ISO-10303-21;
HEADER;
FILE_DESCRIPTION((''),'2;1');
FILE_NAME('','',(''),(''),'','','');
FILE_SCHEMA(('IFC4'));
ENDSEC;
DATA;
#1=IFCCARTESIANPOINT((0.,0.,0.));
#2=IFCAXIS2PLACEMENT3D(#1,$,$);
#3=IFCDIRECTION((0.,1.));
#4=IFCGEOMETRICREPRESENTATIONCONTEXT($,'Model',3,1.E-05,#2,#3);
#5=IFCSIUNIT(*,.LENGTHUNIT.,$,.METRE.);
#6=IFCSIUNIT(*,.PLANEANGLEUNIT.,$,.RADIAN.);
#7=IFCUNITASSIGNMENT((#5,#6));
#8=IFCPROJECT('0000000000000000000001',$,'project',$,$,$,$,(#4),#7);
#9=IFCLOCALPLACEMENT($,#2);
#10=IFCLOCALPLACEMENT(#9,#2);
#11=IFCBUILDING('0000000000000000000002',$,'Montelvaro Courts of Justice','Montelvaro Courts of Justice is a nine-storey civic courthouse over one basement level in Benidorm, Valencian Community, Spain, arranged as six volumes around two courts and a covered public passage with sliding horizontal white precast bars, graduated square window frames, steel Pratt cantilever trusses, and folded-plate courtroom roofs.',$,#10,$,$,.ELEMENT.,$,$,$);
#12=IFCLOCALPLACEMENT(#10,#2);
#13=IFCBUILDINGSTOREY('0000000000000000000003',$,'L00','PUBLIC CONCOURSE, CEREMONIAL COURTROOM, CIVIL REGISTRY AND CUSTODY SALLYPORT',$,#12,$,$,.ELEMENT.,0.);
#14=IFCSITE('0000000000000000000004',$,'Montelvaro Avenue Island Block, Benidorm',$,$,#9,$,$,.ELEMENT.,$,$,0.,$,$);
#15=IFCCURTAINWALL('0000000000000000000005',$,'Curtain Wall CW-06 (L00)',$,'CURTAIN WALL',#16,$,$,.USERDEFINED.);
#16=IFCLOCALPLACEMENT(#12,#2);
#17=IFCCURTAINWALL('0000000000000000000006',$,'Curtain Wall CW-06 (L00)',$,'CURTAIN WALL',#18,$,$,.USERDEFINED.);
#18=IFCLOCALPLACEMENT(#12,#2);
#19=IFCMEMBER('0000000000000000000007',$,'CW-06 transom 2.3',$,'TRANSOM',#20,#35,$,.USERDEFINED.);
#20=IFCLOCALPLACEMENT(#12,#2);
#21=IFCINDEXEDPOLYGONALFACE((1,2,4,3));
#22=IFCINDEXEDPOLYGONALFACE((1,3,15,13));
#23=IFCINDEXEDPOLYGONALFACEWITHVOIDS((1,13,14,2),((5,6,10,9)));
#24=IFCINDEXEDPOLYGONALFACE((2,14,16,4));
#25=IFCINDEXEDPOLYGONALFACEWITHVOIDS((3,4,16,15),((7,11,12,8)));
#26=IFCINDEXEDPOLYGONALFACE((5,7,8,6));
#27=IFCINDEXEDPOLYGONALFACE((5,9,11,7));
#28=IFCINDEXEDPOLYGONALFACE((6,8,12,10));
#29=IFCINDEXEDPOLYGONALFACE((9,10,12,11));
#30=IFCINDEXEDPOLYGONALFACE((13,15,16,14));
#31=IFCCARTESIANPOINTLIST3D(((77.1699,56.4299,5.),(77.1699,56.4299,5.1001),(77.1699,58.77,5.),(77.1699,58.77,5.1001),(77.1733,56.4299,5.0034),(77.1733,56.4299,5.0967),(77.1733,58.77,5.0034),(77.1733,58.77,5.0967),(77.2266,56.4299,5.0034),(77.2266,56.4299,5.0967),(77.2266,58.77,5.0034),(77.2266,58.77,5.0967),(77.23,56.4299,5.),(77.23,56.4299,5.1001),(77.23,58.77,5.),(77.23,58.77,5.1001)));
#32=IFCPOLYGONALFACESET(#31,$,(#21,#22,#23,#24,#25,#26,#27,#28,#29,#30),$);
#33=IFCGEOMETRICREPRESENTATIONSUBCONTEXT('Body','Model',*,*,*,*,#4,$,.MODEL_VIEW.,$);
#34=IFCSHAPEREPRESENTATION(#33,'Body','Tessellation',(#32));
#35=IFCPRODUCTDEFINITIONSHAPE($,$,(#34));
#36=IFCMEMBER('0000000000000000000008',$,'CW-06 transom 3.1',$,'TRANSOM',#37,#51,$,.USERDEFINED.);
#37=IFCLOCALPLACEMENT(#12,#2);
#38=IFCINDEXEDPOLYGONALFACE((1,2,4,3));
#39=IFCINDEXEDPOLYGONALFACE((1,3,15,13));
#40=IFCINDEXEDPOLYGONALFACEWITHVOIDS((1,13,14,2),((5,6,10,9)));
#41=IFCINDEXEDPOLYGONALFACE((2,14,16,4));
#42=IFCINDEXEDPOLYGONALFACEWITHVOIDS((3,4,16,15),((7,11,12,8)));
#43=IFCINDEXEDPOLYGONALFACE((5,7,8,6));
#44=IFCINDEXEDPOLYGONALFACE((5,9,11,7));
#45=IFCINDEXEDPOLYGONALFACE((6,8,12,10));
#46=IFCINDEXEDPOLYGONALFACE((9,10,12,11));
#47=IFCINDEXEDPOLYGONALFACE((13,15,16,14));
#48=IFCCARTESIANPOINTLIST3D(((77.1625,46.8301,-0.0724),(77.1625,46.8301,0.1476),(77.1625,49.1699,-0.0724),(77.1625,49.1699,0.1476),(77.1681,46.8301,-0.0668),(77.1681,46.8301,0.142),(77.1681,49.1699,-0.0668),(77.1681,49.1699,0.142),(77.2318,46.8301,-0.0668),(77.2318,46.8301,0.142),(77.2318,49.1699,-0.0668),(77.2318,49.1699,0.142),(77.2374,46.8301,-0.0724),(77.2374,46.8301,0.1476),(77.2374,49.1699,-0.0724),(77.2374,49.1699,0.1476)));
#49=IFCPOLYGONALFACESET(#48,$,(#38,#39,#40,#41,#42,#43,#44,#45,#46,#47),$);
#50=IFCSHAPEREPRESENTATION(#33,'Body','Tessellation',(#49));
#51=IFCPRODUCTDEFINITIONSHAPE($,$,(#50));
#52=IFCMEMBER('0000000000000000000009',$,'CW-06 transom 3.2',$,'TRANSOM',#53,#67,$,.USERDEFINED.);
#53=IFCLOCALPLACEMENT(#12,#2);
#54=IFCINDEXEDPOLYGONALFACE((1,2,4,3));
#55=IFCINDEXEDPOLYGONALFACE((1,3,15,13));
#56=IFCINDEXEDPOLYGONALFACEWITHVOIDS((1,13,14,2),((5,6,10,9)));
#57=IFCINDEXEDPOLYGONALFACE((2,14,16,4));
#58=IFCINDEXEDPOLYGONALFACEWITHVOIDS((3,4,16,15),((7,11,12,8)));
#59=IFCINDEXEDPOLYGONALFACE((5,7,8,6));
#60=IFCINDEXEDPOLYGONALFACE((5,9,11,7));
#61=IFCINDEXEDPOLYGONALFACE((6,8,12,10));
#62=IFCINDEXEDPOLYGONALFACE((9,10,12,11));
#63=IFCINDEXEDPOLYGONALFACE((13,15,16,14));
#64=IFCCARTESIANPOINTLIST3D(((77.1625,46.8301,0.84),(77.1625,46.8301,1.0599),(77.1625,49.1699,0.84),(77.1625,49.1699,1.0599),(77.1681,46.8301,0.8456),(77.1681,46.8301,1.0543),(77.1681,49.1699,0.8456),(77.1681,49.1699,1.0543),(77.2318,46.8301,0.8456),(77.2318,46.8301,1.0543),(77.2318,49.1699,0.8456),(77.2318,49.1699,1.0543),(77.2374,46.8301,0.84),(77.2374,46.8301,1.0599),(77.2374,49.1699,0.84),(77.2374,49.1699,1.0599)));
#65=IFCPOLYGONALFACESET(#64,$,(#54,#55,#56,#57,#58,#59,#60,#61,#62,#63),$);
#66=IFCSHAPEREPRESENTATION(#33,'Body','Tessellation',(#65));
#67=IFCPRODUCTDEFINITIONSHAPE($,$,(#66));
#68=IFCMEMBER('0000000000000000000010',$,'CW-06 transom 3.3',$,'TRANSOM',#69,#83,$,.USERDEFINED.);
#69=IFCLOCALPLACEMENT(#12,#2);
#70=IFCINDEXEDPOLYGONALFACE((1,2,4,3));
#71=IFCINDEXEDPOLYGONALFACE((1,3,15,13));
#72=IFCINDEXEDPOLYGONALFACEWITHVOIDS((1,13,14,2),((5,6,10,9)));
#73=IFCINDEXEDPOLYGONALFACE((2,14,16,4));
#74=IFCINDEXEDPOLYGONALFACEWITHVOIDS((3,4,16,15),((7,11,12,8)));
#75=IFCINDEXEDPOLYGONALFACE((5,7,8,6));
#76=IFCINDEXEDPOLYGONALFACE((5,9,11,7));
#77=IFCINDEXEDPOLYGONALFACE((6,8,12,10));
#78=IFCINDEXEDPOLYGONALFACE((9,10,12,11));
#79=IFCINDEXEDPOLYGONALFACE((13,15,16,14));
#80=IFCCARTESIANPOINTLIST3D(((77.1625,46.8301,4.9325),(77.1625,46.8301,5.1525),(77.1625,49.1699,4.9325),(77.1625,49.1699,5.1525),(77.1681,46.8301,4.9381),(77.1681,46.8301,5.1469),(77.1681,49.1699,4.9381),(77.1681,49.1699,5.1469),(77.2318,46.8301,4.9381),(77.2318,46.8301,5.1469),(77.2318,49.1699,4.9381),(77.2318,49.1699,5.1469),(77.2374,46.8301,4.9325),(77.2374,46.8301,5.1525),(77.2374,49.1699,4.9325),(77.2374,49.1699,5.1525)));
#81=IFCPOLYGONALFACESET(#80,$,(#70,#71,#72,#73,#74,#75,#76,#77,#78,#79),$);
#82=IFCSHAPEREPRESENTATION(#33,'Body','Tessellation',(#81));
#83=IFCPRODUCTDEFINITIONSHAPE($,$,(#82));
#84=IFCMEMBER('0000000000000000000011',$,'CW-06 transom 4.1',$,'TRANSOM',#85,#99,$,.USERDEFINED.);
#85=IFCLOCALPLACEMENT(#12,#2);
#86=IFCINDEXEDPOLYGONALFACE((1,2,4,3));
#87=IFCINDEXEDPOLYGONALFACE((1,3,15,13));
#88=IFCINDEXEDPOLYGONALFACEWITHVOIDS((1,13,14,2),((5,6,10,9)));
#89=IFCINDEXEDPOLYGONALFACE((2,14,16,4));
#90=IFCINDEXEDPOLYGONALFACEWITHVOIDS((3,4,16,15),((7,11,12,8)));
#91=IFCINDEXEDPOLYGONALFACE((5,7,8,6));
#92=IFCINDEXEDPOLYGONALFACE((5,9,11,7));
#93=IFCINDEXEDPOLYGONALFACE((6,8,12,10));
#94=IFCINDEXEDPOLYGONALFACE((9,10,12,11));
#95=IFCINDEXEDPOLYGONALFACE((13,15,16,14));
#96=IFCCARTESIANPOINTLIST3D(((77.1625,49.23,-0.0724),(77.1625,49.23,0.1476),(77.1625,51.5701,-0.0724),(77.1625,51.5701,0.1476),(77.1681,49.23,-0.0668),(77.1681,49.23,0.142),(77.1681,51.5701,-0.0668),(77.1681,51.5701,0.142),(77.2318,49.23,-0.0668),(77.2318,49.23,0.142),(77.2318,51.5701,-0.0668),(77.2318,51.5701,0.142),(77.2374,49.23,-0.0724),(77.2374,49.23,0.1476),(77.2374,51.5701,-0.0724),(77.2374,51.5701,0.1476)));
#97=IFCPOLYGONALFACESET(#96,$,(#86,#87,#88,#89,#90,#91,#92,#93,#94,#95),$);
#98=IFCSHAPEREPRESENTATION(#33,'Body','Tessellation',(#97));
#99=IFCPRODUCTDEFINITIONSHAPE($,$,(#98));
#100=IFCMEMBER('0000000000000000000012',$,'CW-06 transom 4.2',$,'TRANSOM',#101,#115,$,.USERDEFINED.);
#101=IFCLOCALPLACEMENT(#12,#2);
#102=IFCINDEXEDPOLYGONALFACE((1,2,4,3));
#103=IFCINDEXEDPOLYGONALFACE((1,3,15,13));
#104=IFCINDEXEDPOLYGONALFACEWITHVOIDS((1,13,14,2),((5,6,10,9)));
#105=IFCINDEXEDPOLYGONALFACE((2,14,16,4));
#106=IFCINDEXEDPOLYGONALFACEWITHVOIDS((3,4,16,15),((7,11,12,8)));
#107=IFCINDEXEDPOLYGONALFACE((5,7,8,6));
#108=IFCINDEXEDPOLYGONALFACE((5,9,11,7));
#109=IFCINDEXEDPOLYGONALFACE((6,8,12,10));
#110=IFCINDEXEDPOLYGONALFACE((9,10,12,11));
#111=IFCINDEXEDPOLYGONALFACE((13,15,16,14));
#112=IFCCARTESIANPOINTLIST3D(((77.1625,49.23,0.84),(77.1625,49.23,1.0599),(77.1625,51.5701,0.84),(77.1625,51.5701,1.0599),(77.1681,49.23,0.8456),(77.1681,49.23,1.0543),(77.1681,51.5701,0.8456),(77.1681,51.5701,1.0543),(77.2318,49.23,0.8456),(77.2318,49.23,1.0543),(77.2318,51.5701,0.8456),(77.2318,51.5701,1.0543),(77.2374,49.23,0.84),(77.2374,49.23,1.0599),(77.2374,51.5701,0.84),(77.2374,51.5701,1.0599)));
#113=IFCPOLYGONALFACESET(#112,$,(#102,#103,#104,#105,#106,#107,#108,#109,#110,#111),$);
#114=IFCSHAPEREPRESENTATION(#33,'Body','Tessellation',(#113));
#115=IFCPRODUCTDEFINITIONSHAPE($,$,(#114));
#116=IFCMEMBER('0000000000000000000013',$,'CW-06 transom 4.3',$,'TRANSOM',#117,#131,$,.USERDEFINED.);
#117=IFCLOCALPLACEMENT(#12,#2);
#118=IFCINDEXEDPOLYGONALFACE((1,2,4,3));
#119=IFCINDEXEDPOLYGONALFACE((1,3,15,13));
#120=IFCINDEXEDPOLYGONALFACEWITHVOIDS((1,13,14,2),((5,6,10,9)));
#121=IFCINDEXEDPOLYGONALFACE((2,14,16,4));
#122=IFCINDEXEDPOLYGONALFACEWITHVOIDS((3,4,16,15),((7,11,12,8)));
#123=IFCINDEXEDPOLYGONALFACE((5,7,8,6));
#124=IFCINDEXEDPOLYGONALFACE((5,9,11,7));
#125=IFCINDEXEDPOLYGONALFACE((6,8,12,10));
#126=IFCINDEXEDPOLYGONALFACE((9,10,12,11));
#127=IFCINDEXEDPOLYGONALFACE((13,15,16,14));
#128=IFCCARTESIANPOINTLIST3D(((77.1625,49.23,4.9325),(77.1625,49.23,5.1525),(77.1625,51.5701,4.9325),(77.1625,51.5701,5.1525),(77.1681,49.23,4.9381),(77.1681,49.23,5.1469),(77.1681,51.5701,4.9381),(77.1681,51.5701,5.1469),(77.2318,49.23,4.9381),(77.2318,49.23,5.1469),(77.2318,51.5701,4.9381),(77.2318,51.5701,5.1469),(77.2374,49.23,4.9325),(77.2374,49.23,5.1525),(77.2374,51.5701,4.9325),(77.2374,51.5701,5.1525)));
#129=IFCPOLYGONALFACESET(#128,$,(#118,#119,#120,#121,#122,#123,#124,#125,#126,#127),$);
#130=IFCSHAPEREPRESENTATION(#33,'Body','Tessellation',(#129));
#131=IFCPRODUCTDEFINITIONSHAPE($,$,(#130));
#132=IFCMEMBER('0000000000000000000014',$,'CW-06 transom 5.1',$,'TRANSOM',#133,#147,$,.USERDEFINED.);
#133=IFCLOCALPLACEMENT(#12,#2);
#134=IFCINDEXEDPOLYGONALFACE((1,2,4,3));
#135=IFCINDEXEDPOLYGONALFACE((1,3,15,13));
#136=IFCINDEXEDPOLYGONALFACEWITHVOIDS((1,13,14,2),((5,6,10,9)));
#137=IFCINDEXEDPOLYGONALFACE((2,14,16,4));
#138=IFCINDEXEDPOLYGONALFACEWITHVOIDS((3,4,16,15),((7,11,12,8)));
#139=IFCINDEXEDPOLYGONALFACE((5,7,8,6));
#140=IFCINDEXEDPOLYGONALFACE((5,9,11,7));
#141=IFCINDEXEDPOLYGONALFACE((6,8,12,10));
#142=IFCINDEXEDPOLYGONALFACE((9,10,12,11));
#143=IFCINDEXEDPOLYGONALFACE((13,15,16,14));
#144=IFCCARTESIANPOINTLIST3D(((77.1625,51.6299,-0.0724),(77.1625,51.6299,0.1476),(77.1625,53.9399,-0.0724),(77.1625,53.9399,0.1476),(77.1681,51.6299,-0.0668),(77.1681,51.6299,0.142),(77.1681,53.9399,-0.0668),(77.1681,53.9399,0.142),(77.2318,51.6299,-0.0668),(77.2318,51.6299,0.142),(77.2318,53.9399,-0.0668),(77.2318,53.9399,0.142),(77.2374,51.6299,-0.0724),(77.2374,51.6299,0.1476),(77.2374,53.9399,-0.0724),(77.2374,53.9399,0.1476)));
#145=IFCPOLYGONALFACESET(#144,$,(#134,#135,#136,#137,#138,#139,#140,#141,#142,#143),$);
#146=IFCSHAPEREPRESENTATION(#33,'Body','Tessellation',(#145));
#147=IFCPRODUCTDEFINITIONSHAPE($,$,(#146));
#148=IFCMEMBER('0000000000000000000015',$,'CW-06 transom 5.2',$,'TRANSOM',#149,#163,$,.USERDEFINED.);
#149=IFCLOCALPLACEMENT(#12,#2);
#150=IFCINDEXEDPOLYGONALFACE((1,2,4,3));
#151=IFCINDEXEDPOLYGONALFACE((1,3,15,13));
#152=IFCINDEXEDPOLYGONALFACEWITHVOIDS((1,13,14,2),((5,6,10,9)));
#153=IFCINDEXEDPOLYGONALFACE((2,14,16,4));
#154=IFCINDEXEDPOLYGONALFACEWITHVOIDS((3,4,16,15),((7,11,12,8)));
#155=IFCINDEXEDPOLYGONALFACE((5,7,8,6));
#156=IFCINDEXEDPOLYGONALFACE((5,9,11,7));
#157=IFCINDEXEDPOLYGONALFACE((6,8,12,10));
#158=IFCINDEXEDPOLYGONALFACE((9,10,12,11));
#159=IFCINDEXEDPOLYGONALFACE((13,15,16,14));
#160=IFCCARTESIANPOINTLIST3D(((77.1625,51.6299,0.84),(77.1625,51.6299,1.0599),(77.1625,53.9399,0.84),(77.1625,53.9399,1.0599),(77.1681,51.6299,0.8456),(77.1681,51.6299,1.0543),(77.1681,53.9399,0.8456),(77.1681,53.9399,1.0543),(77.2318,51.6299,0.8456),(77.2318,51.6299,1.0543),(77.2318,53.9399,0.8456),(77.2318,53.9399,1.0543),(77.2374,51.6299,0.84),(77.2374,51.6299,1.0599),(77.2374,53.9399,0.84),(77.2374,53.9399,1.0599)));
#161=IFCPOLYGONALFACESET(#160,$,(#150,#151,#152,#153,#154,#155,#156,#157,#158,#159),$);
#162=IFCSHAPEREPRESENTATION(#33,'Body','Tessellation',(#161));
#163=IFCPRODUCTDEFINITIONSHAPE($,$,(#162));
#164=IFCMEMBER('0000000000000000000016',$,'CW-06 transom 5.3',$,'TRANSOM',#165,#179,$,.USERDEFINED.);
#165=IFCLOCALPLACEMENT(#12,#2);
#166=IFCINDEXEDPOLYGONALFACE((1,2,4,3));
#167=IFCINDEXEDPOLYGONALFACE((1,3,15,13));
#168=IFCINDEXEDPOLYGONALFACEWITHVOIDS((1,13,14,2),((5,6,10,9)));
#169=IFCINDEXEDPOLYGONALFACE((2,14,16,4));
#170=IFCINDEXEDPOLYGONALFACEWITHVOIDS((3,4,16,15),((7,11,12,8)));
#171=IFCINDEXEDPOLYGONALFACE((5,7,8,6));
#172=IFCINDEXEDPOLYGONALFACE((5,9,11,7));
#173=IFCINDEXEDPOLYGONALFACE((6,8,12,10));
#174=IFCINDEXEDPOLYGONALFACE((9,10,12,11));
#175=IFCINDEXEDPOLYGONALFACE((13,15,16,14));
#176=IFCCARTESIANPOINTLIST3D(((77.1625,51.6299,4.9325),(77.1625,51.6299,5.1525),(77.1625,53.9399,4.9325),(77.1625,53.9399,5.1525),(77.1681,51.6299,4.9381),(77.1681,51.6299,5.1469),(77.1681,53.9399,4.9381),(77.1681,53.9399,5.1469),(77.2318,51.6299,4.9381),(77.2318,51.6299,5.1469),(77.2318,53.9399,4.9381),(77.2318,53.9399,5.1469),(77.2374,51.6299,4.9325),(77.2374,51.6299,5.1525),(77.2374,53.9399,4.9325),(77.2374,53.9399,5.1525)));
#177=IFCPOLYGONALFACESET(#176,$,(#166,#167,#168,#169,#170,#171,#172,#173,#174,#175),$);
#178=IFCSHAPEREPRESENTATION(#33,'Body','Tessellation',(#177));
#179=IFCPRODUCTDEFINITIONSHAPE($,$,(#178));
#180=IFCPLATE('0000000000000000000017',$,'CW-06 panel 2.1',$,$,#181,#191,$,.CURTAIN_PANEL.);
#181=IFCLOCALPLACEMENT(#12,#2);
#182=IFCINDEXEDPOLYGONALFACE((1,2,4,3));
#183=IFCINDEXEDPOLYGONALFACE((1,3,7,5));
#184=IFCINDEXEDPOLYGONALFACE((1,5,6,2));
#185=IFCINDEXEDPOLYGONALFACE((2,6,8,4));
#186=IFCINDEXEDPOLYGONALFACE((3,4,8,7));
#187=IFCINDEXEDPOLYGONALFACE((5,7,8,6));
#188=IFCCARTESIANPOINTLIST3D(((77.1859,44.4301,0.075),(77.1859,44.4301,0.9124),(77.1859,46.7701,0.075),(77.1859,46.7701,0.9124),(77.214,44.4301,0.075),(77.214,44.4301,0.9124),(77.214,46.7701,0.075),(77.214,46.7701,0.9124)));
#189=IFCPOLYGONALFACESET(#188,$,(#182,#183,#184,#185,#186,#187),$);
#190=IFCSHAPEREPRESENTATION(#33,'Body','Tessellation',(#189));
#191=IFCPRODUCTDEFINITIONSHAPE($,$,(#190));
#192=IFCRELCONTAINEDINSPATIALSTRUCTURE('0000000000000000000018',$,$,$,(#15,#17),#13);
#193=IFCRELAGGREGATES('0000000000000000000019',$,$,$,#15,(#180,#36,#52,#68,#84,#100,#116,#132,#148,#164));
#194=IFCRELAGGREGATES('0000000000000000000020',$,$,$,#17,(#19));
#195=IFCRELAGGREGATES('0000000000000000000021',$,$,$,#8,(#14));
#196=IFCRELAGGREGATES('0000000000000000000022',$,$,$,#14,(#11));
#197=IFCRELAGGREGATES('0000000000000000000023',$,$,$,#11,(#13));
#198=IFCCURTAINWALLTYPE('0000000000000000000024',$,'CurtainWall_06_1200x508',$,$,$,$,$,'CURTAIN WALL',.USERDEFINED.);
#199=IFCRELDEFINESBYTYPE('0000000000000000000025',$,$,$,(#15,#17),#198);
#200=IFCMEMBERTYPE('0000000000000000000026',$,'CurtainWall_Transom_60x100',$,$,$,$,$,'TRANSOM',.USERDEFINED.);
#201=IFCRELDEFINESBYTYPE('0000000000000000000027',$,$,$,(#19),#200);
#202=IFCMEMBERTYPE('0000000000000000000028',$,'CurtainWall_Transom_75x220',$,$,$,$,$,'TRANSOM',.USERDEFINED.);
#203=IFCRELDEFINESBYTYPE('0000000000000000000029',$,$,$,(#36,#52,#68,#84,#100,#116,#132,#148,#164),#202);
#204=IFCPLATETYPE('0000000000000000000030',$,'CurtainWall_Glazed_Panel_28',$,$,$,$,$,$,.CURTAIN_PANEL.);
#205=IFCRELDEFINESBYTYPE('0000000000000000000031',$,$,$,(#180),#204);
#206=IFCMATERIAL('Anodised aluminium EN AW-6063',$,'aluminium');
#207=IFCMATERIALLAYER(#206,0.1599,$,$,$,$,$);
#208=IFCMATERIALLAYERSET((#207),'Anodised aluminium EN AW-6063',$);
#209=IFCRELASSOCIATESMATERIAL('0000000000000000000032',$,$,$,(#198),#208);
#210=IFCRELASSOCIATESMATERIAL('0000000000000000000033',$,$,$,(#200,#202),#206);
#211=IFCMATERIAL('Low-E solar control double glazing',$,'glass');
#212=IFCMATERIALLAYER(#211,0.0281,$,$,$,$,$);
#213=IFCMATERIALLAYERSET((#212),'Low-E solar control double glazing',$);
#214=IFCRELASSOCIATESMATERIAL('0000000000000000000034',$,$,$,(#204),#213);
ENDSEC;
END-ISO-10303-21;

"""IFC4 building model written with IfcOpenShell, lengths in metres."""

from ifc_helpers import new_model, si_unit, direction, frame, origin, origin_2d, place, context, subcontext, project, spatial, rectangle, hollow_rectangle, extrude, material, layer, layer_set, material_profile, profile_set, type_object, element, aggregate, save


model = new_model("IFC4")

# Units and contexts
model_context = context("Model", 3, precision=1e-05, world=origin(), true_north=direction((0.0, 1.0)))
body_context = subcontext(model_context, "Body", "Model", "MODEL_VIEW")
ifc_project = project(units=[si_unit("LENGTHUNIT", "METRE"), si_unit("PLANEANGLEUNIT", "RADIAN")], contexts=[model_context])

# Site, building, storey
site_placement = place(None, origin())
site = spatial("IfcSite", under=ifc_project, at=site_placement, Name="Montelvaro Avenue Island Block, Benidorm", CompositionType="ELEMENT", RefElevation=0.0)
building_placement = place(site_placement, origin())
building = spatial("IfcBuilding", under=site, at=building_placement, Name="Montelvaro Courts of Justice", Description="Montelvaro Courts of Justice is a nine-storey civic courthouse over one basement level in Benidorm, Valencian Community, Spain, arranged as six volumes around two courts and a covered public passage with sliding horizontal white precast bars, graduated square window frames, steel Pratt cantilever trusses, and folded-plate courtroom roofs.", CompositionType="ELEMENT")
storey_placement = place(building_placement, origin())
storey = spatial("IfcBuildingStorey", under=building, at=storey_placement, Name="L00", Description="PUBLIC CONCOURSE, CEREMONIAL COURTROOM, CIVIL REGISTRY AND CUSTODY SALLYPORT", CompositionType="ELEMENT", Elevation=0.0)

# Curtain walls, member
ifc_material_1 = material(Name="Anodised aluminium EN AW-6063", Category="aluminium")
ifc_layer_1 = layer(ifc_material_1, 0.1599)
ifc_layer_set_1 = layer_set([ifc_layer_1], Name="Anodised aluminium EN AW-6063")
curtain_wall_type = type_object("IfcCurtainWallType", Name="CurtainWall_06_1200x508", ElementType="CURTAIN WALL", PredefinedType="USERDEFINED", material=ifc_layer_set_1)
curtain_wall_1_placement = place(storey_placement, origin())
curtain_wall_1 = element("IfcCurtainWall", 1, at=curtain_wall_1_placement, inside=storey, type_object=curtain_wall_type, Name="Curtain Wall CW-06 (L00)", ObjectType="CURTAIN WALL", PredefinedType="USERDEFINED")
curtain_wall_2_placement = place(storey_placement, origin())
curtain_wall_2 = element("IfcCurtainWall", 2, at=curtain_wall_2_placement, inside=storey, type_object=curtain_wall_type, Name="Curtain Wall CW-06 (L00)", ObjectType="CURTAIN WALL", PredefinedType="USERDEFINED")
ifc_material_profile_1 = material_profile(ifc_material_1, hollow_rectangle(XDim=0.0601, YDim=0.1001, WallThickness=0.0034, at=origin_2d()), Name="ALU-T 60x100")
ifc_profile_set_1 = profile_set([ifc_material_profile_1], Name="Anodised aluminium EN AW-6063")
member_type_1 = type_object("IfcMemberType", Name="CurtainWall_Transom_60x100", ElementType="TRANSOM", PredefinedType="USERDEFINED", material=ifc_profile_set_1)
member_1_placement = place(storey_placement, frame((77.2, 56.4299, 5.05), z_axis=(0.0, 1.0, 0.0), x_axis=(-1.0, 0.0, 0.0)))
member_1 = element("IfcMember", 3, at=member_1_placement, type_object=member_type_1, Name="CW-06 transom 2.3", ObjectType="TRANSOM", PredefinedType="USERDEFINED", context=body_context, shape_type="SweptSolid", body=[
    extrude(hollow_rectangle(XDim=0.0601, YDim=0.1001, WallThickness=0.0034, at=origin_2d()), origin(), (0.0, 0.0, 1.0), 2.3401),
])

# Members
ifc_material_profile_2 = material_profile(ifc_material_1, hollow_rectangle(XDim=0.075, YDim=0.22, WallThickness=0.0056, at=origin_2d()), Name="ALU-T 75x220")
ifc_profile_set_2 = profile_set([ifc_material_profile_2], Name="Anodised aluminium EN AW-6063")
member_type_2 = type_object("IfcMemberType", Name="CurtainWall_Transom_75x220", ElementType="TRANSOM", PredefinedType="USERDEFINED", material=ifc_profile_set_2)
member_2_placement = place(storey_placement, frame((77.2, 46.8301, 0.0376), z_axis=(0.0, 1.0, 0.0), x_axis=(-1.0, 0.0, 0.0)))
member_2 = element("IfcMember", 4, at=member_2_placement, type_object=member_type_2, Name="CW-06 transom 3.1", ObjectType="TRANSOM", PredefinedType="USERDEFINED", context=body_context, shape_type="SweptSolid", body=[
    extrude(hollow_rectangle(XDim=0.075, YDim=0.22, WallThickness=0.0056, at=origin_2d()), origin(), (0.0, 0.0, 1.0), 2.3398),
])
member_3_placement = place(storey_placement, frame((77.2, 46.8301, 0.95), z_axis=(0.0, 1.0, 0.0), x_axis=(-1.0, 0.0, 0.0)))
member_3 = element("IfcMember", 5, at=member_3_placement, type_object=member_type_2, Name="CW-06 transom 3.2", ObjectType="TRANSOM", PredefinedType="USERDEFINED", context=body_context, shape_type="SweptSolid", body=[
    extrude(hollow_rectangle(XDim=0.075, YDim=0.22, WallThickness=0.0056, at=origin_2d()), origin(), (0.0, 0.0, 1.0), 2.3398),
])
member_4_placement = place(storey_placement, frame((77.2, 46.8301, 5.0425), z_axis=(0.0, 1.0, 0.0), x_axis=(-1.0, 0.0, 0.0)))
member_4 = element("IfcMember", 6, at=member_4_placement, type_object=member_type_2, Name="CW-06 transom 3.3", ObjectType="TRANSOM", PredefinedType="USERDEFINED", context=body_context, shape_type="SweptSolid", body=[
    extrude(hollow_rectangle(XDim=0.075, YDim=0.22, WallThickness=0.0056, at=origin_2d()), origin(), (0.0, 0.0, 1.0), 2.3398),
])
member_5_placement = place(storey_placement, frame((77.2, 49.23, 0.0376), z_axis=(0.0, 1.0, 0.0), x_axis=(-1.0, 0.0, 0.0)))
member_5 = element("IfcMember", 7, at=member_5_placement, type_object=member_type_2, Name="CW-06 transom 4.1", ObjectType="TRANSOM", PredefinedType="USERDEFINED", context=body_context, shape_type="SweptSolid", body=[
    extrude(hollow_rectangle(XDim=0.075, YDim=0.22, WallThickness=0.0056, at=origin_2d()), origin(), (0.0, 0.0, 1.0), 2.3401),
])
member_6_placement = place(storey_placement, frame((77.2, 49.23, 0.95), z_axis=(0.0, 1.0, 0.0), x_axis=(-1.0, 0.0, 0.0)))
member_6 = element("IfcMember", 8, at=member_6_placement, type_object=member_type_2, Name="CW-06 transom 4.2", ObjectType="TRANSOM", PredefinedType="USERDEFINED", context=body_context, shape_type="SweptSolid", body=[
    extrude(hollow_rectangle(XDim=0.075, YDim=0.22, WallThickness=0.0056, at=origin_2d()), origin(), (0.0, 0.0, 1.0), 2.3401),
])
member_7_placement = place(storey_placement, frame((77.2, 49.23, 5.0425), z_axis=(0.0, 1.0, 0.0), x_axis=(-1.0, 0.0, 0.0)))
member_7 = element("IfcMember", 9, at=member_7_placement, type_object=member_type_2, Name="CW-06 transom 4.3", ObjectType="TRANSOM", PredefinedType="USERDEFINED", context=body_context, shape_type="SweptSolid", body=[
    extrude(hollow_rectangle(XDim=0.075, YDim=0.22, WallThickness=0.0056, at=origin_2d()), origin(), (0.0, 0.0, 1.0), 2.3401),
])
member_8_placement = place(storey_placement, frame((77.2, 51.6299, 0.0376), z_axis=(0.0, 1.0, 0.0), x_axis=(-1.0, 0.0, 0.0)))
member_8 = element("IfcMember", 10, at=member_8_placement, type_object=member_type_2, Name="CW-06 transom 5.1", ObjectType="TRANSOM", PredefinedType="USERDEFINED", context=body_context, shape_type="SweptSolid", body=[
    extrude(hollow_rectangle(XDim=0.075, YDim=0.22, WallThickness=0.0056, at=origin_2d()), origin(), (0.0, 0.0, 1.0), 2.3101),
])
member_9_placement = place(storey_placement, frame((77.2, 51.6299, 0.95), z_axis=(0.0, 1.0, 0.0), x_axis=(-1.0, 0.0, 0.0)))
member_9 = element("IfcMember", 11, at=member_9_placement, type_object=member_type_2, Name="CW-06 transom 5.2", ObjectType="TRANSOM", PredefinedType="USERDEFINED", context=body_context, shape_type="SweptSolid", body=[
    extrude(hollow_rectangle(XDim=0.075, YDim=0.22, WallThickness=0.0056, at=origin_2d()), origin(), (0.0, 0.0, 1.0), 2.3101),
])
member_10_placement = place(storey_placement, frame((77.2, 51.6299, 5.0425), z_axis=(0.0, 1.0, 0.0), x_axis=(-1.0, 0.0, 0.0)))
member_10 = element("IfcMember", 12, at=member_10_placement, type_object=member_type_2, Name="CW-06 transom 5.3", ObjectType="TRANSOM", PredefinedType="USERDEFINED", context=body_context, shape_type="SweptSolid", body=[
    extrude(hollow_rectangle(XDim=0.075, YDim=0.22, WallThickness=0.0056, at=origin_2d()), origin(), (0.0, 0.0, 1.0), 2.3101),
])

# Plate
ifc_material_2 = material(Name="Low-E solar control double glazing", Category="glass")
ifc_layer_2 = layer(ifc_material_2, 0.0281)
ifc_layer_set_2 = layer_set([ifc_layer_2], Name="Low-E solar control double glazing")
plate_type = type_object("IfcPlateType", Name="CurtainWall_Glazed_Panel_28", PredefinedType="CURTAIN_PANEL", material=ifc_layer_set_2)
plate_1_placement = place(storey_placement, frame((77.2, 45.6001, 0.075), z_axis=(0.0, 0.0, 1.0), x_axis=(0.0, 1.0, 0.0)))
plate_1 = element("IfcPlate", 13, at=plate_1_placement, type_object=plate_type, Name="CW-06 panel 2.1", PredefinedType="CURTAIN_PANEL", context=body_context, shape_type="SweptSolid", body=[
    extrude(rectangle(XDim=2.3401, YDim=0.0281, at=origin_2d()), origin(), (0.0, 0.0, 1.0), 0.8374),
])
aggregate(curtain_wall_1, [plate_1, member_2, member_3, member_4, member_5, member_6, member_7, member_8, member_9, member_10])
aggregate(curtain_wall_2, [member_1])

save(model, "model.ifc")
